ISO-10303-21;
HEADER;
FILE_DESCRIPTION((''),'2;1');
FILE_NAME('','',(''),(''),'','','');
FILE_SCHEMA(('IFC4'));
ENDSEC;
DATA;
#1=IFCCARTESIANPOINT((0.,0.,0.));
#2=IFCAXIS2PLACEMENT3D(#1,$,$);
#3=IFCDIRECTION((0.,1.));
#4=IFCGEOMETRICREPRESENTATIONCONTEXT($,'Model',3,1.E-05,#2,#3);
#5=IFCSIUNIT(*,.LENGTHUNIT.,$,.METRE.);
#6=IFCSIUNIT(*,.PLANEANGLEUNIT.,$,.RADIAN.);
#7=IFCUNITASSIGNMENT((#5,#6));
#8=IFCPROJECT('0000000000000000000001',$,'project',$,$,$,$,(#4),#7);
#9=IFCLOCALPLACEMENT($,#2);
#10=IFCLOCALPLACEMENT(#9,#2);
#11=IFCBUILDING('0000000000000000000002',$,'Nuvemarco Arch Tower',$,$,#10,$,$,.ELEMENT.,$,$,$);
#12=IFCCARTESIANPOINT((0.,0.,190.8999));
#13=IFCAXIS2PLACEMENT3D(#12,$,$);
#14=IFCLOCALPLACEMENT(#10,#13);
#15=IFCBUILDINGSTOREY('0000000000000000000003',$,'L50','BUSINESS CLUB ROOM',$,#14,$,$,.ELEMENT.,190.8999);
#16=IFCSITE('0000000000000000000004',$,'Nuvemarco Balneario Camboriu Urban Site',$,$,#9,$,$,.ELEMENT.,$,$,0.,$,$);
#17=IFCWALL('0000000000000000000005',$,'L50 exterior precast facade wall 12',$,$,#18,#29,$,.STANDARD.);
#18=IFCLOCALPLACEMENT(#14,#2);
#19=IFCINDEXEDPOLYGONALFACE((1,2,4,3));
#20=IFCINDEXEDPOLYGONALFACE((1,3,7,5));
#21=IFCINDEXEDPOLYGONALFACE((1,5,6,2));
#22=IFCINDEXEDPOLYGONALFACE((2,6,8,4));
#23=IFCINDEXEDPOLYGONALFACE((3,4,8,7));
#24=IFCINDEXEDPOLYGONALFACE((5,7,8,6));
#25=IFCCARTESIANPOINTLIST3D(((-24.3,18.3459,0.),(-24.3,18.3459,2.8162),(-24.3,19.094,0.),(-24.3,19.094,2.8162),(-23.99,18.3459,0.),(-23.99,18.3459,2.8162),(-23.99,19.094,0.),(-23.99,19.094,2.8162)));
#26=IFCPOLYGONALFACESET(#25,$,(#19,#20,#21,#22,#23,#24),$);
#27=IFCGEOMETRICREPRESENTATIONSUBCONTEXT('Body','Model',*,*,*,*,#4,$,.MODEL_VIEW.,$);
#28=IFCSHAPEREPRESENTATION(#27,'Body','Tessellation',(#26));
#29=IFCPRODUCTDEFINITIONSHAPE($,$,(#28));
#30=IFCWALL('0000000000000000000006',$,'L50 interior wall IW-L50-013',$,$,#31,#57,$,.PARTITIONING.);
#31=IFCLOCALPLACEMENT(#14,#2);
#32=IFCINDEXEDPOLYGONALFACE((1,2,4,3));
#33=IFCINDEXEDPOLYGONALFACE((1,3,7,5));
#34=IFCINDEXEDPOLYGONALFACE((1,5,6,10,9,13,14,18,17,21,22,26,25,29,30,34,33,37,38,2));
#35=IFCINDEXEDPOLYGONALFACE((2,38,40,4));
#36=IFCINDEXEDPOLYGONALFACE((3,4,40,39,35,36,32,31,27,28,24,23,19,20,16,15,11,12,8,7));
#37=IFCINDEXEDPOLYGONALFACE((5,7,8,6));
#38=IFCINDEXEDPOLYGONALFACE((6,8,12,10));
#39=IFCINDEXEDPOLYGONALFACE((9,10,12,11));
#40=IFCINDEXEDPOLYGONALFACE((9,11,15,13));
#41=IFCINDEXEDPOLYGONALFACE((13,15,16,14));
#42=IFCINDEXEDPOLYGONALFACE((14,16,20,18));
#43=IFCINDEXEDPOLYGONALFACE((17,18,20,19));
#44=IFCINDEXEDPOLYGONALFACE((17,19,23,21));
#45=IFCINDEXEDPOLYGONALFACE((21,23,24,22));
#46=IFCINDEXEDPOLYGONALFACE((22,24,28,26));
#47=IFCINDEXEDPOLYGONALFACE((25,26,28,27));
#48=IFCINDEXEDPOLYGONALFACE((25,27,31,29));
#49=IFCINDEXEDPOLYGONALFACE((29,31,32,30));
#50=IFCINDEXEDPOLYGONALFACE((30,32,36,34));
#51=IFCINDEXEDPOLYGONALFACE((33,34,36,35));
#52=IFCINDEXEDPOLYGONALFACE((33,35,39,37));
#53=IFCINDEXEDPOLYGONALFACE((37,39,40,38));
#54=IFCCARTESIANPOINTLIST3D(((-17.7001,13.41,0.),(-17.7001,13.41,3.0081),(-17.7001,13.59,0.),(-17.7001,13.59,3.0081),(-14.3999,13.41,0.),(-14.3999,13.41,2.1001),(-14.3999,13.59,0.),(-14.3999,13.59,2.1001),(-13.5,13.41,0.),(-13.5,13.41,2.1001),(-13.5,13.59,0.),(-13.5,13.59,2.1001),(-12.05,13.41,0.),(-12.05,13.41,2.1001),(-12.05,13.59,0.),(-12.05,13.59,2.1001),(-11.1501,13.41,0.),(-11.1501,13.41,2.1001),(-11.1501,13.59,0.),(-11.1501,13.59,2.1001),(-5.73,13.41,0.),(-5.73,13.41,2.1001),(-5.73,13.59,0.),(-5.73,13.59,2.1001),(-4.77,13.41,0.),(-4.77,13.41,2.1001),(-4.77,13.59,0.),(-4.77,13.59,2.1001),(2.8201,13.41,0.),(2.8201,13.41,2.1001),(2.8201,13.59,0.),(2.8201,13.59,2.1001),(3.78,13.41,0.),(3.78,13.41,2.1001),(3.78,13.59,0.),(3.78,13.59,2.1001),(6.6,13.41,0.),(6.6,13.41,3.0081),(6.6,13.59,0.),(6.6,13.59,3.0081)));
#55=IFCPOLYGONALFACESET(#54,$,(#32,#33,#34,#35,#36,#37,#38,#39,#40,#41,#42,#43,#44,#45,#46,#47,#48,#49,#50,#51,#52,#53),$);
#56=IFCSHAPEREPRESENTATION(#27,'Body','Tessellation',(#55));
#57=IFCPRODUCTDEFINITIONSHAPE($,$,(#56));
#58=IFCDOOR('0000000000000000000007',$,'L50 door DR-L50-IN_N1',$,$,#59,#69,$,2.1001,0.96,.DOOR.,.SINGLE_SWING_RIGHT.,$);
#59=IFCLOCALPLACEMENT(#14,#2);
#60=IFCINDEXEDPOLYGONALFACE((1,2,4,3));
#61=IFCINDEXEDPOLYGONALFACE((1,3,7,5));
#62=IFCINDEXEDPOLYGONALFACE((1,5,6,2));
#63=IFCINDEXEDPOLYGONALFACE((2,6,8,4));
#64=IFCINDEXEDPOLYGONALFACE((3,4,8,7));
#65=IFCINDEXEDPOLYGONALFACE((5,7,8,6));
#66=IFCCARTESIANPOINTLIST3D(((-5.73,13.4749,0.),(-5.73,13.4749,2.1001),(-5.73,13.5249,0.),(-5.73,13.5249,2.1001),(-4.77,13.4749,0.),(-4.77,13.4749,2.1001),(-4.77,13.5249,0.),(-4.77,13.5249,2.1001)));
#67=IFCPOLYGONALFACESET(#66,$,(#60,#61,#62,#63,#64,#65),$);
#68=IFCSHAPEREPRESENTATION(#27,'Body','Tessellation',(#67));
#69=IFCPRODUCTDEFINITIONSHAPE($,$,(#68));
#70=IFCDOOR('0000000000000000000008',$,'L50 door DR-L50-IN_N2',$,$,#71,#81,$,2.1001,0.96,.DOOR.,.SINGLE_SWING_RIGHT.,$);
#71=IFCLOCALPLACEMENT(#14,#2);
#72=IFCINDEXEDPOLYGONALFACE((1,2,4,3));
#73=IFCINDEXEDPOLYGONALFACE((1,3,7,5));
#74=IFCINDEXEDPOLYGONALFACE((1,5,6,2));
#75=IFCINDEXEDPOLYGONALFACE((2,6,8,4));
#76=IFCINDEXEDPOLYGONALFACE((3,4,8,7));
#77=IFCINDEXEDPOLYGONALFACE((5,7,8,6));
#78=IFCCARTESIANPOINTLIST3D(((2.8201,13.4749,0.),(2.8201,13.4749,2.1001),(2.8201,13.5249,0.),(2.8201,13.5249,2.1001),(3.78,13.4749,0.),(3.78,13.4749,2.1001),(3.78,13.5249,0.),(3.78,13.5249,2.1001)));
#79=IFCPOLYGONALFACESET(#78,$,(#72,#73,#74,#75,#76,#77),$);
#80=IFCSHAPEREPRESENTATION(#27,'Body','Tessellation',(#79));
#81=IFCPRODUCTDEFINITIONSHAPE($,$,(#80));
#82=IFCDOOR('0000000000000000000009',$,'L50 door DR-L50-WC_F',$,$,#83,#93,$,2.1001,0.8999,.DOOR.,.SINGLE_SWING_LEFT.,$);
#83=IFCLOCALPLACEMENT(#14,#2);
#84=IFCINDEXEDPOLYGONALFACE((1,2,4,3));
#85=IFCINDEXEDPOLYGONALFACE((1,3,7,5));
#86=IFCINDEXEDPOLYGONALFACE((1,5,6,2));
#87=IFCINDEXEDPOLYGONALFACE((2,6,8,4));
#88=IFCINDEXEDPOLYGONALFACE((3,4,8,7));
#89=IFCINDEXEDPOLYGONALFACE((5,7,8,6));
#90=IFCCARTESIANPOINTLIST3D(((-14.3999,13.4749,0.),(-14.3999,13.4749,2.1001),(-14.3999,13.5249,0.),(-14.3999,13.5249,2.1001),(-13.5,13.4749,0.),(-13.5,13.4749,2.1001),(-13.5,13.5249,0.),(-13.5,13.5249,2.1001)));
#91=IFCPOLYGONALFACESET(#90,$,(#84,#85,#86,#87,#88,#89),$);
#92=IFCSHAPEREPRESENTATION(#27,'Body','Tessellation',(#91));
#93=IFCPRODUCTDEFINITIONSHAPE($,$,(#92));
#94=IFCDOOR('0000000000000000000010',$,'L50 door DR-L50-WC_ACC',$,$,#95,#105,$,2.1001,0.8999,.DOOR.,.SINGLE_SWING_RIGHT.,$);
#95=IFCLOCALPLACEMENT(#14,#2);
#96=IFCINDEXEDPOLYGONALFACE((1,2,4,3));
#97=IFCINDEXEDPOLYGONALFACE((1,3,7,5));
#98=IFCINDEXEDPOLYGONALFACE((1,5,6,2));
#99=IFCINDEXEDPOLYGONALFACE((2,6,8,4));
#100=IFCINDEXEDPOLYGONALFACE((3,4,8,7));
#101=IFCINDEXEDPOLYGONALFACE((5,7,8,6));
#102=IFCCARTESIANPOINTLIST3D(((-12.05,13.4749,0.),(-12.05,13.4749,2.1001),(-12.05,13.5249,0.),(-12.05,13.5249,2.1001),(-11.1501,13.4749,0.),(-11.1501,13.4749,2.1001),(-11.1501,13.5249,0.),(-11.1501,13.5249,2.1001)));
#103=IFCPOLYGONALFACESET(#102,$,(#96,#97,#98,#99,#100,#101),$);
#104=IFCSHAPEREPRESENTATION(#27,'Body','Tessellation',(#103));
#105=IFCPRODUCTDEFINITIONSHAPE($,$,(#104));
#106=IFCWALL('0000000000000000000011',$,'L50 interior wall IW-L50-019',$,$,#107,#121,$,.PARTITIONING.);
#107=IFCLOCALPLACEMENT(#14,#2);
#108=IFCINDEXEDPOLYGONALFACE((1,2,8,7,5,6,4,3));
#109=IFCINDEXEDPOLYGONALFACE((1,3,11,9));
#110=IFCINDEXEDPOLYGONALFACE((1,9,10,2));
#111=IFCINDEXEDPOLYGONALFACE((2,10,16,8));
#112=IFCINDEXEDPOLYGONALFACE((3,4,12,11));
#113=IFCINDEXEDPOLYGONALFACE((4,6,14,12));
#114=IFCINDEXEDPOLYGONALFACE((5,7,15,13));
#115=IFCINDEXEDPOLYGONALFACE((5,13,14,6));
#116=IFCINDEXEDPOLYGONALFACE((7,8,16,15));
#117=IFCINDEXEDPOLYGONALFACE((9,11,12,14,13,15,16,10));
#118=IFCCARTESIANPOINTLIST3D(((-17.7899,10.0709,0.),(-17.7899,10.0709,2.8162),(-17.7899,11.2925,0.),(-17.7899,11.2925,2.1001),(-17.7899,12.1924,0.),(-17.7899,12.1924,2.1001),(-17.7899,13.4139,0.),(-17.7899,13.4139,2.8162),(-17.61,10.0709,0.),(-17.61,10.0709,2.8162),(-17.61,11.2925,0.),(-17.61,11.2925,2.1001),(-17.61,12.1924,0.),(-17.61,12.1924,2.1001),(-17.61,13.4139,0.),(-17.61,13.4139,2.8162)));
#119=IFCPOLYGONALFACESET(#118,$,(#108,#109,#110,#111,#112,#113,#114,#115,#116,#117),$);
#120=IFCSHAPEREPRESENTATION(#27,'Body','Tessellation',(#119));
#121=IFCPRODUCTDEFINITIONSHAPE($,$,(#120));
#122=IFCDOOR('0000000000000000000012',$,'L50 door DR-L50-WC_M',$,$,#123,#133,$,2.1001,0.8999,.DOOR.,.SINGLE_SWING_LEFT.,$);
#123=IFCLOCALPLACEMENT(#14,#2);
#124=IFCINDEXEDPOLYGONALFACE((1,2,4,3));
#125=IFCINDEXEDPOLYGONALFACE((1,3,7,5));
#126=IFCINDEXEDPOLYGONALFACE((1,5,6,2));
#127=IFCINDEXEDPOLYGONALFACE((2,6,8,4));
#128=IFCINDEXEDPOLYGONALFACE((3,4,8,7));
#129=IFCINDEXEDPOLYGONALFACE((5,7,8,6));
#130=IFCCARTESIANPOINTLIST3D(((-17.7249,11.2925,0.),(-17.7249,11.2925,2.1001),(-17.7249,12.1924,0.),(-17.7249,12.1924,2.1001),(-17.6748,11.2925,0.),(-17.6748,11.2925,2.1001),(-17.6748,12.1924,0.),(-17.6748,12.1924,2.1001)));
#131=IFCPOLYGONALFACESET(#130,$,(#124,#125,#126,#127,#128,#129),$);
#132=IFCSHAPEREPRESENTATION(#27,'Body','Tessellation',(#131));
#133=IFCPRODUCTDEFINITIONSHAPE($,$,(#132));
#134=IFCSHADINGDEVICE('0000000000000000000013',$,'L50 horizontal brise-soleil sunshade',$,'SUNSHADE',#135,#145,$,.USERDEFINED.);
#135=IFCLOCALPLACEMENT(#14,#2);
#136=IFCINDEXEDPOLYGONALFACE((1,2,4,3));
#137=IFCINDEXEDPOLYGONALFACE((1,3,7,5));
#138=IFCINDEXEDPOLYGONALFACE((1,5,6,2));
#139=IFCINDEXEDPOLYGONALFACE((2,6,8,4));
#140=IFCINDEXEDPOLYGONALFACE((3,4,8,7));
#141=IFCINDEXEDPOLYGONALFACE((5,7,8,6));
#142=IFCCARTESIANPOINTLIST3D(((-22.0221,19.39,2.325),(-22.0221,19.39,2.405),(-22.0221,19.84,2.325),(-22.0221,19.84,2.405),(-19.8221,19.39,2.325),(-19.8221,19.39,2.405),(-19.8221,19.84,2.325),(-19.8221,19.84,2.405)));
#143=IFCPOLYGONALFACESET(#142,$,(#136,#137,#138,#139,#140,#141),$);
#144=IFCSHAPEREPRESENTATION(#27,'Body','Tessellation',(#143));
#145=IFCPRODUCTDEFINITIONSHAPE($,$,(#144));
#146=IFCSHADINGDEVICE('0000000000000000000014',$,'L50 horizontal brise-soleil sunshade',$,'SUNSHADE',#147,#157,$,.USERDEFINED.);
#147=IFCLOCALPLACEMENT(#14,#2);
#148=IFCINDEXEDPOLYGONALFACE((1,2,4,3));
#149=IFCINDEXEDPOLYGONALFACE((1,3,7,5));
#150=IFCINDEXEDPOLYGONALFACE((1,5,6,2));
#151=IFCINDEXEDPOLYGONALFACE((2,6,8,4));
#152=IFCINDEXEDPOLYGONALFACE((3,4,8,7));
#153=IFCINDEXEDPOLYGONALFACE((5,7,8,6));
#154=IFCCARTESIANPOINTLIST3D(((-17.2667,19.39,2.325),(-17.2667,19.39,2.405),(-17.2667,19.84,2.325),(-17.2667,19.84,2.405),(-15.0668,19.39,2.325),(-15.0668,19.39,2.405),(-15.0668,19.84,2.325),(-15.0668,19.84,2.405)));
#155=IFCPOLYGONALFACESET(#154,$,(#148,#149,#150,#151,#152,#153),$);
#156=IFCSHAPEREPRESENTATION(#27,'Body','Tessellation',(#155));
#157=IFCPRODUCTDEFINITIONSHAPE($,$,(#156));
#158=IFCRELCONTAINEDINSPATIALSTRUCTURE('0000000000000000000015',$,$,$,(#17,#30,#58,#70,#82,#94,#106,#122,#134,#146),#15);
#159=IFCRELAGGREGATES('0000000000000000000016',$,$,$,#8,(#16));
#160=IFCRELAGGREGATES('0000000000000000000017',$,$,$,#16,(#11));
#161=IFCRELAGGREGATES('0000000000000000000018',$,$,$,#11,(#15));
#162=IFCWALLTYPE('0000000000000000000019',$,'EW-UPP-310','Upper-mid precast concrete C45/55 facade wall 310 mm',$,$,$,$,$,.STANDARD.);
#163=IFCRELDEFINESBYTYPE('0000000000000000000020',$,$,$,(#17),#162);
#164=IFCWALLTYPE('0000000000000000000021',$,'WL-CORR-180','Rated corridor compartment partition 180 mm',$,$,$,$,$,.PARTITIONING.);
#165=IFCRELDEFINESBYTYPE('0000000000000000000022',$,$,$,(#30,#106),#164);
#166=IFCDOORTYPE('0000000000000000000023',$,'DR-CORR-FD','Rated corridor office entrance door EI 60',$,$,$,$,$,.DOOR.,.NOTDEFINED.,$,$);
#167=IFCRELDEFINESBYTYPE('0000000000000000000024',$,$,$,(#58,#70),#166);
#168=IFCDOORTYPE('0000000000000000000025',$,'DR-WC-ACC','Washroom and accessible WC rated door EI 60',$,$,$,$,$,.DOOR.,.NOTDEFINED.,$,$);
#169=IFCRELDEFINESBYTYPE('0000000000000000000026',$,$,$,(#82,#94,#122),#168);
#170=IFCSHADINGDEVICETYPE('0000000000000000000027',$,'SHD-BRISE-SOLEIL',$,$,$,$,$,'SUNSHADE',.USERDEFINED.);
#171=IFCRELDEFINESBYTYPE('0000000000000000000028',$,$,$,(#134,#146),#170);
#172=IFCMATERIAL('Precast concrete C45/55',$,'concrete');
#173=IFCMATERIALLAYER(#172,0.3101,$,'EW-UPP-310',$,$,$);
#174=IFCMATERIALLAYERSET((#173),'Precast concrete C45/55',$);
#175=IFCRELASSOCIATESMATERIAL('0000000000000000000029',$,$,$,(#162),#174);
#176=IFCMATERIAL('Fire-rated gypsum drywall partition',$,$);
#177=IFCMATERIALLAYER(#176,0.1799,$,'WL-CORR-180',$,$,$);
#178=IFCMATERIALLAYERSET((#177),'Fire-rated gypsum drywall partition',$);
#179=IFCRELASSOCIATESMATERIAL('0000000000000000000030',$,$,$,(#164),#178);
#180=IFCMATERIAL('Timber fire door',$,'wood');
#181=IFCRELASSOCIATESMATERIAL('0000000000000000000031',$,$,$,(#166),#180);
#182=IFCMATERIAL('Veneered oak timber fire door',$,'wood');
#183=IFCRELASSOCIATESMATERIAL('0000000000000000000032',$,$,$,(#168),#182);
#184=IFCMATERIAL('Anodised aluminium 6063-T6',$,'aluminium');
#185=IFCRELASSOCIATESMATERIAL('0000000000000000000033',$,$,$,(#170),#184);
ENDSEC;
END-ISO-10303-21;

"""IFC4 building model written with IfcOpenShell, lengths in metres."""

from ifc_helpers import new_model, si_unit, direction, frame, frame_2d, origin, origin_2d, place, context, subcontext, project, spatial, rectangle, extrude, source, transform, mapped, material, layer, layer_set, type_object, type_shapes, element, fill, save


model = new_model("IFC4")

# Units and contexts
model_context = context("Model", 3, precision=1e-05, world=origin(), true_north=direction((0.0, 1.0)))
body_context = subcontext(model_context, "Body", "Model", "MODEL_VIEW")
ifc_project = project(units=[si_unit("LENGTHUNIT", "METRE"), si_unit("PLANEANGLEUNIT", "RADIAN")], contexts=[model_context])

# Site, building, storey
site_placement = place(None, origin())
site = spatial("IfcSite", under=ifc_project, at=site_placement, Name="Nuvemarco Balneario Camboriu Urban Site", CompositionType="ELEMENT", RefElevation=0.0)
building_placement = place(site_placement, origin())
building = spatial("IfcBuilding", under=site, at=building_placement, Name="Nuvemarco Arch Tower", CompositionType="ELEMENT")
storey_placement = place(building_placement, frame((0.0, 0.0, 190.8999)))
storey = spatial("IfcBuildingStorey", under=building, at=storey_placement, Name="L50", Description="BUSINESS CLUB ROOM", CompositionType="ELEMENT", Elevation=190.8999)

# Wall
ifc_material_1 = material(Name="Precast concrete C45/55", Category="concrete")
ifc_layer_1 = layer(ifc_material_1, 0.3101, Name="EW-UPP-310")
ifc_layer_set_1 = layer_set([ifc_layer_1], Name="Precast concrete C45/55")
wall_type_1 = type_object("IfcWallType", Name="EW-UPP-310", Description="Upper-mid precast concrete C45/55 facade wall 310 mm", PredefinedType="STANDARD", material=ifc_layer_set_1)
wall_1_placement = place(storey_placement, frame((-24.145, 18.3459, 0.0), z_axis=(0.0, 0.0, 1.0), x_axis=(0.0, 1.0, 0.0)))
element("IfcWall", 1, at=wall_1_placement, inside=storey, type_object=wall_type_1, Name="L50 exterior precast facade wall 12", PredefinedType="STANDARD", context=body_context, shape_type="SweptSolid", body=[
    extrude(rectangle(XDim=0.748, YDim=0.3101, at=frame_2d((0.374, 0.0))), origin(), (0.0, 0.0, 1.0), 2.8162),
])

# Wall, openings, doors
ifc_material_2 = material(Name="Fire-rated gypsum drywall partition")
ifc_layer_2 = layer(ifc_material_2, 0.1799, Name="WL-CORR-180")
ifc_layer_set_2 = layer_set([ifc_layer_2], Name="Fire-rated gypsum drywall partition")
wall_type_2 = type_object("IfcWallType", Name="WL-CORR-180", Description="Rated corridor compartment partition 180 mm", PredefinedType="PARTITIONING", material=ifc_layer_set_2)
wall_2_placement = place(storey_placement, frame((-17.7, 13.5, 0.0), z_axis=(0.0, 0.0, 1.0), x_axis=(1.0, 0.0, 0.0)))
wall_2 = element("IfcWall", 2, at=wall_2_placement, inside=storey, type_object=wall_type_2, Name="L50 interior wall IW-L50-013", PredefinedType="PARTITIONING", context=body_context, shape_type="SweptSolid", body=[
    extrude(rectangle(XDim=24.3, YDim=0.1799, at=frame_2d((12.1499, 0.0))), origin(), (0.0, 0.0, 1.0), 3.0081),
])
opening_1_placement = place(wall_2_placement, frame((11.97, 0.0, 0.0)))
opening_1 = element("IfcOpeningElement", 3, at=opening_1_placement, cuts=wall_2, PredefinedType="OPENING", context=body_context, shape_type="SweptSolid", body=[
    extrude(rectangle(XDim=0.96, YDim=2.1001, at=frame_2d((0.48, 1.05))), frame((0.0, 0.0999, 0.0), z_axis=(0.0, -1.0, 0.0), x_axis=(1.0, 0.0, 0.0)), (0.0, 0.0, 1.0), 0.2),
])
opening_2_placement = place(wall_2_placement, frame((20.52, 0.0, 0.0)))
opening_2 = element("IfcOpeningElement", 4, at=opening_2_placement, cuts=wall_2, PredefinedType="OPENING", context=body_context, shape_type="SweptSolid", body=[
    extrude(rectangle(XDim=0.96, YDim=2.1001, at=frame_2d((0.48, 1.05))), frame((0.0, 0.0999, 0.0), z_axis=(0.0, -1.0, 0.0), x_axis=(1.0, 0.0, 0.0)), (0.0, 0.0, 1.0), 0.2),
])
opening_3_placement = place(wall_2_placement, frame((3.3, 0.0, 0.0)))
opening_3 = element("IfcOpeningElement", 5, at=opening_3_placement, cuts=wall_2, PredefinedType="OPENING", context=body_context, shape_type="SweptSolid", body=[
    extrude(rectangle(XDim=0.8999, YDim=2.1001, at=frame_2d((0.45, 1.05))), frame((0.0, 0.0999, 0.0), z_axis=(0.0, -1.0, 0.0), x_axis=(1.0, 0.0, 0.0)), (0.0, 0.0, 1.0), 0.2),
])
opening_4_placement = place(wall_2_placement, frame((5.6499, 0.0, 0.0)))
opening_4 = element("IfcOpeningElement", 6, at=opening_4_placement, cuts=wall_2, PredefinedType="OPENING", context=body_context, shape_type="SweptSolid", body=[
    extrude(rectangle(XDim=0.8999, YDim=2.1001, at=frame_2d((0.45, 1.05))), frame((0.0, 0.0999, 0.0), z_axis=(0.0, -1.0, 0.0), x_axis=(1.0, 0.0, 0.0)), (0.0, 0.0, 1.0), 0.2),
])
ifc_material_3 = material(Name="Timber fire door", Category="wood")
door_type_1 = type_object("IfcDoorType", Name="DR-CORR-FD", Description="Rated corridor office entrance door EI 60", OperationType="NOTDEFINED", PredefinedType="DOOR", material=ifc_material_3)
shared_shape_1 = source(origin(), body_context, "Body", "SweptSolid", [
    extrude(rectangle(XDim=0.96, YDim=2.1001, at=frame_2d((0.48, 1.05))), frame((0.0, 0.0249, 0.0), z_axis=(0.0, -1.0, 0.0), x_axis=(1.0, 0.0, 0.0)), (0.0, 0.0, 1.0), 0.05),
])
type_shapes(door_type_1, [shared_shape_1])
door_1_placement = place(opening_1_placement, origin())
door_1 = element("IfcDoor", 7, at=door_1_placement, inside=storey, type_object=door_type_1, Name="L50 door DR-L50-IN_N1", OperationType="SINGLE_SWING_RIGHT", OverallHeight=2.1001, OverallWidth=0.96, PredefinedType="DOOR", context=body_context, shape_type="MappedRepresentation", body=[
    mapped(shared_shape_1, transform((0.0, 0.0, 0.0), scale=1.0)),
])
fill(opening_1, door_1)
door_2_placement = place(opening_2_placement, origin())
door_2 = element("IfcDoor", 8, at=door_2_placement, inside=storey, type_object=door_type_1, Name="L50 door DR-L50-IN_N2", OperationType="SINGLE_SWING_RIGHT", OverallHeight=2.1001, OverallWidth=0.96, PredefinedType="DOOR", context=body_context, shape_type="MappedRepresentation", body=[
    mapped(shared_shape_1, transform((0.0, 0.0, 0.0), scale=1.0)),
])
fill(opening_2, door_2)
ifc_material_4 = material(Name="Veneered oak timber fire door", Category="wood")
door_type_2 = type_object("IfcDoorType", Name="DR-WC-ACC", Description="Washroom and accessible WC rated door EI 60", OperationType="NOTDEFINED", PredefinedType="DOOR", material=ifc_material_4)
shared_shape_2 = source(origin(), body_context, "Body", "SweptSolid", [
    extrude(rectangle(XDim=0.8999, YDim=2.1001, at=frame_2d((0.45, 1.05))), frame((0.0, 0.0249, 0.0), z_axis=(0.0, -1.0, 0.0), x_axis=(1.0, 0.0, 0.0)), (0.0, 0.0, 1.0), 0.05),
])
type_shapes(door_type_2, [shared_shape_2])
door_3_placement = place(opening_3_placement, origin())
door_3 = element("IfcDoor", 9, at=door_3_placement, inside=storey, type_object=door_type_2, Name="L50 door DR-L50-WC_F", OperationType="SINGLE_SWING_LEFT", OverallHeight=2.1001, OverallWidth=0.8999, PredefinedType="DOOR", context=body_context, shape_type="MappedRepresentation", body=[
    mapped(shared_shape_2, transform((0.0, 0.0, 0.0), scale=1.0)),
])
fill(opening_3, door_3)
door_4_placement = place(opening_4_placement, origin())
door_4 = element("IfcDoor", 10, at=door_4_placement, inside=storey, type_object=door_type_2, Name="L50 door DR-L50-WC_ACC", OperationType="SINGLE_SWING_RIGHT", OverallHeight=2.1001, OverallWidth=0.8999, PredefinedType="DOOR", context=body_context, shape_type="MappedRepresentation", body=[
    mapped(shared_shape_2, transform((0.0, 0.0, 0.0), scale=1.0)),
])
fill(opening_4, door_4)

# Wall, opening, door
wall_3_placement = place(storey_placement, frame((-17.7, 10.071, 0.0), z_axis=(0.0, 0.0, 1.0), x_axis=(0.0, 1.0, 0.0)))
wall_3 = element("IfcWall", 11, at=wall_3_placement, inside=storey, type_object=wall_type_2, Name="L50 interior wall IW-L50-019", PredefinedType="PARTITIONING", context=body_context, shape_type="SweptSolid", body=[
    extrude(rectangle(XDim=3.343, YDim=0.1799, at=frame_2d((1.6714, 0.0))), origin(), (0.0, 0.0, 1.0), 2.8162),
])
opening_5_placement = place(wall_3_placement, frame((1.2214, 0.0, 0.0)))
opening_5 = element("IfcOpeningElement", 12, at=opening_5_placement, cuts=wall_3, PredefinedType="OPENING", context=body_context, shape_type="SweptSolid", body=[
    extrude(rectangle(XDim=0.8999, YDim=2.1001, at=frame_2d((0.45, 1.05))), frame((0.0, 0.0999, 0.0), z_axis=(0.0, -1.0, 0.0), x_axis=(1.0, 0.0, 0.0)), (0.0, 0.0, 1.0), 0.2),
])
door_5_placement = place(opening_5_placement, origin())
door_5 = element("IfcDoor", 13, at=door_5_placement, inside=storey, type_object=door_type_2, Name="L50 door DR-L50-WC_M", OperationType="SINGLE_SWING_LEFT", OverallHeight=2.1001, OverallWidth=0.8999, PredefinedType="DOOR", context=body_context, shape_type="MappedRepresentation", body=[
    mapped(shared_shape_2, transform((0.0, 0.0, 0.0), scale=1.0)),
])
fill(opening_5, door_5)

# Shading devices
ifc_material_5 = material(Name="Anodised aluminium 6063-T6", Category="aluminium")
shading_device_type = type_object("IfcShadingDeviceType", Name="SHD-BRISE-SOLEIL", ElementType="SUNSHADE", PredefinedType="USERDEFINED", material=ifc_material_5)
shared_shape_3 = source(origin(), body_context, "Body", "SweptSolid", [
    extrude(rectangle(XDim=2.2, YDim=0.45, at=origin_2d()), origin(), (0.0, 0.0, 1.0), 0.0801),
])
type_shapes(shading_device_type, [shared_shape_3])
for number, where, z_axis, x_axis, name in (
    (14, (-20.9221, 19.615, 2.325), (0.0, 0.0, 1.0), (1.0, 0.0, 0.0), "L50 horizontal brise-soleil sunshade"),
    (15, (-16.1667, 19.615, 2.325), (0.0, 0.0, 1.0), (1.0, 0.0, 0.0), "L50 horizontal brise-soleil sunshade"),
):
    element("IfcShadingDevice", number, at=place(storey_placement, frame(where, z_axis=z_axis, x_axis=x_axis)), inside=storey, type_object=shading_device_type, Name=name, ObjectType="SUNSHADE", PredefinedType="USERDEFINED", context=body_context, shape_type="MappedRepresentation", body=[
        mapped(shared_shape_3, transform((0.0, 0.0, 0.0), scale=1.0)),
    ])

save(model, "model.ifc")
